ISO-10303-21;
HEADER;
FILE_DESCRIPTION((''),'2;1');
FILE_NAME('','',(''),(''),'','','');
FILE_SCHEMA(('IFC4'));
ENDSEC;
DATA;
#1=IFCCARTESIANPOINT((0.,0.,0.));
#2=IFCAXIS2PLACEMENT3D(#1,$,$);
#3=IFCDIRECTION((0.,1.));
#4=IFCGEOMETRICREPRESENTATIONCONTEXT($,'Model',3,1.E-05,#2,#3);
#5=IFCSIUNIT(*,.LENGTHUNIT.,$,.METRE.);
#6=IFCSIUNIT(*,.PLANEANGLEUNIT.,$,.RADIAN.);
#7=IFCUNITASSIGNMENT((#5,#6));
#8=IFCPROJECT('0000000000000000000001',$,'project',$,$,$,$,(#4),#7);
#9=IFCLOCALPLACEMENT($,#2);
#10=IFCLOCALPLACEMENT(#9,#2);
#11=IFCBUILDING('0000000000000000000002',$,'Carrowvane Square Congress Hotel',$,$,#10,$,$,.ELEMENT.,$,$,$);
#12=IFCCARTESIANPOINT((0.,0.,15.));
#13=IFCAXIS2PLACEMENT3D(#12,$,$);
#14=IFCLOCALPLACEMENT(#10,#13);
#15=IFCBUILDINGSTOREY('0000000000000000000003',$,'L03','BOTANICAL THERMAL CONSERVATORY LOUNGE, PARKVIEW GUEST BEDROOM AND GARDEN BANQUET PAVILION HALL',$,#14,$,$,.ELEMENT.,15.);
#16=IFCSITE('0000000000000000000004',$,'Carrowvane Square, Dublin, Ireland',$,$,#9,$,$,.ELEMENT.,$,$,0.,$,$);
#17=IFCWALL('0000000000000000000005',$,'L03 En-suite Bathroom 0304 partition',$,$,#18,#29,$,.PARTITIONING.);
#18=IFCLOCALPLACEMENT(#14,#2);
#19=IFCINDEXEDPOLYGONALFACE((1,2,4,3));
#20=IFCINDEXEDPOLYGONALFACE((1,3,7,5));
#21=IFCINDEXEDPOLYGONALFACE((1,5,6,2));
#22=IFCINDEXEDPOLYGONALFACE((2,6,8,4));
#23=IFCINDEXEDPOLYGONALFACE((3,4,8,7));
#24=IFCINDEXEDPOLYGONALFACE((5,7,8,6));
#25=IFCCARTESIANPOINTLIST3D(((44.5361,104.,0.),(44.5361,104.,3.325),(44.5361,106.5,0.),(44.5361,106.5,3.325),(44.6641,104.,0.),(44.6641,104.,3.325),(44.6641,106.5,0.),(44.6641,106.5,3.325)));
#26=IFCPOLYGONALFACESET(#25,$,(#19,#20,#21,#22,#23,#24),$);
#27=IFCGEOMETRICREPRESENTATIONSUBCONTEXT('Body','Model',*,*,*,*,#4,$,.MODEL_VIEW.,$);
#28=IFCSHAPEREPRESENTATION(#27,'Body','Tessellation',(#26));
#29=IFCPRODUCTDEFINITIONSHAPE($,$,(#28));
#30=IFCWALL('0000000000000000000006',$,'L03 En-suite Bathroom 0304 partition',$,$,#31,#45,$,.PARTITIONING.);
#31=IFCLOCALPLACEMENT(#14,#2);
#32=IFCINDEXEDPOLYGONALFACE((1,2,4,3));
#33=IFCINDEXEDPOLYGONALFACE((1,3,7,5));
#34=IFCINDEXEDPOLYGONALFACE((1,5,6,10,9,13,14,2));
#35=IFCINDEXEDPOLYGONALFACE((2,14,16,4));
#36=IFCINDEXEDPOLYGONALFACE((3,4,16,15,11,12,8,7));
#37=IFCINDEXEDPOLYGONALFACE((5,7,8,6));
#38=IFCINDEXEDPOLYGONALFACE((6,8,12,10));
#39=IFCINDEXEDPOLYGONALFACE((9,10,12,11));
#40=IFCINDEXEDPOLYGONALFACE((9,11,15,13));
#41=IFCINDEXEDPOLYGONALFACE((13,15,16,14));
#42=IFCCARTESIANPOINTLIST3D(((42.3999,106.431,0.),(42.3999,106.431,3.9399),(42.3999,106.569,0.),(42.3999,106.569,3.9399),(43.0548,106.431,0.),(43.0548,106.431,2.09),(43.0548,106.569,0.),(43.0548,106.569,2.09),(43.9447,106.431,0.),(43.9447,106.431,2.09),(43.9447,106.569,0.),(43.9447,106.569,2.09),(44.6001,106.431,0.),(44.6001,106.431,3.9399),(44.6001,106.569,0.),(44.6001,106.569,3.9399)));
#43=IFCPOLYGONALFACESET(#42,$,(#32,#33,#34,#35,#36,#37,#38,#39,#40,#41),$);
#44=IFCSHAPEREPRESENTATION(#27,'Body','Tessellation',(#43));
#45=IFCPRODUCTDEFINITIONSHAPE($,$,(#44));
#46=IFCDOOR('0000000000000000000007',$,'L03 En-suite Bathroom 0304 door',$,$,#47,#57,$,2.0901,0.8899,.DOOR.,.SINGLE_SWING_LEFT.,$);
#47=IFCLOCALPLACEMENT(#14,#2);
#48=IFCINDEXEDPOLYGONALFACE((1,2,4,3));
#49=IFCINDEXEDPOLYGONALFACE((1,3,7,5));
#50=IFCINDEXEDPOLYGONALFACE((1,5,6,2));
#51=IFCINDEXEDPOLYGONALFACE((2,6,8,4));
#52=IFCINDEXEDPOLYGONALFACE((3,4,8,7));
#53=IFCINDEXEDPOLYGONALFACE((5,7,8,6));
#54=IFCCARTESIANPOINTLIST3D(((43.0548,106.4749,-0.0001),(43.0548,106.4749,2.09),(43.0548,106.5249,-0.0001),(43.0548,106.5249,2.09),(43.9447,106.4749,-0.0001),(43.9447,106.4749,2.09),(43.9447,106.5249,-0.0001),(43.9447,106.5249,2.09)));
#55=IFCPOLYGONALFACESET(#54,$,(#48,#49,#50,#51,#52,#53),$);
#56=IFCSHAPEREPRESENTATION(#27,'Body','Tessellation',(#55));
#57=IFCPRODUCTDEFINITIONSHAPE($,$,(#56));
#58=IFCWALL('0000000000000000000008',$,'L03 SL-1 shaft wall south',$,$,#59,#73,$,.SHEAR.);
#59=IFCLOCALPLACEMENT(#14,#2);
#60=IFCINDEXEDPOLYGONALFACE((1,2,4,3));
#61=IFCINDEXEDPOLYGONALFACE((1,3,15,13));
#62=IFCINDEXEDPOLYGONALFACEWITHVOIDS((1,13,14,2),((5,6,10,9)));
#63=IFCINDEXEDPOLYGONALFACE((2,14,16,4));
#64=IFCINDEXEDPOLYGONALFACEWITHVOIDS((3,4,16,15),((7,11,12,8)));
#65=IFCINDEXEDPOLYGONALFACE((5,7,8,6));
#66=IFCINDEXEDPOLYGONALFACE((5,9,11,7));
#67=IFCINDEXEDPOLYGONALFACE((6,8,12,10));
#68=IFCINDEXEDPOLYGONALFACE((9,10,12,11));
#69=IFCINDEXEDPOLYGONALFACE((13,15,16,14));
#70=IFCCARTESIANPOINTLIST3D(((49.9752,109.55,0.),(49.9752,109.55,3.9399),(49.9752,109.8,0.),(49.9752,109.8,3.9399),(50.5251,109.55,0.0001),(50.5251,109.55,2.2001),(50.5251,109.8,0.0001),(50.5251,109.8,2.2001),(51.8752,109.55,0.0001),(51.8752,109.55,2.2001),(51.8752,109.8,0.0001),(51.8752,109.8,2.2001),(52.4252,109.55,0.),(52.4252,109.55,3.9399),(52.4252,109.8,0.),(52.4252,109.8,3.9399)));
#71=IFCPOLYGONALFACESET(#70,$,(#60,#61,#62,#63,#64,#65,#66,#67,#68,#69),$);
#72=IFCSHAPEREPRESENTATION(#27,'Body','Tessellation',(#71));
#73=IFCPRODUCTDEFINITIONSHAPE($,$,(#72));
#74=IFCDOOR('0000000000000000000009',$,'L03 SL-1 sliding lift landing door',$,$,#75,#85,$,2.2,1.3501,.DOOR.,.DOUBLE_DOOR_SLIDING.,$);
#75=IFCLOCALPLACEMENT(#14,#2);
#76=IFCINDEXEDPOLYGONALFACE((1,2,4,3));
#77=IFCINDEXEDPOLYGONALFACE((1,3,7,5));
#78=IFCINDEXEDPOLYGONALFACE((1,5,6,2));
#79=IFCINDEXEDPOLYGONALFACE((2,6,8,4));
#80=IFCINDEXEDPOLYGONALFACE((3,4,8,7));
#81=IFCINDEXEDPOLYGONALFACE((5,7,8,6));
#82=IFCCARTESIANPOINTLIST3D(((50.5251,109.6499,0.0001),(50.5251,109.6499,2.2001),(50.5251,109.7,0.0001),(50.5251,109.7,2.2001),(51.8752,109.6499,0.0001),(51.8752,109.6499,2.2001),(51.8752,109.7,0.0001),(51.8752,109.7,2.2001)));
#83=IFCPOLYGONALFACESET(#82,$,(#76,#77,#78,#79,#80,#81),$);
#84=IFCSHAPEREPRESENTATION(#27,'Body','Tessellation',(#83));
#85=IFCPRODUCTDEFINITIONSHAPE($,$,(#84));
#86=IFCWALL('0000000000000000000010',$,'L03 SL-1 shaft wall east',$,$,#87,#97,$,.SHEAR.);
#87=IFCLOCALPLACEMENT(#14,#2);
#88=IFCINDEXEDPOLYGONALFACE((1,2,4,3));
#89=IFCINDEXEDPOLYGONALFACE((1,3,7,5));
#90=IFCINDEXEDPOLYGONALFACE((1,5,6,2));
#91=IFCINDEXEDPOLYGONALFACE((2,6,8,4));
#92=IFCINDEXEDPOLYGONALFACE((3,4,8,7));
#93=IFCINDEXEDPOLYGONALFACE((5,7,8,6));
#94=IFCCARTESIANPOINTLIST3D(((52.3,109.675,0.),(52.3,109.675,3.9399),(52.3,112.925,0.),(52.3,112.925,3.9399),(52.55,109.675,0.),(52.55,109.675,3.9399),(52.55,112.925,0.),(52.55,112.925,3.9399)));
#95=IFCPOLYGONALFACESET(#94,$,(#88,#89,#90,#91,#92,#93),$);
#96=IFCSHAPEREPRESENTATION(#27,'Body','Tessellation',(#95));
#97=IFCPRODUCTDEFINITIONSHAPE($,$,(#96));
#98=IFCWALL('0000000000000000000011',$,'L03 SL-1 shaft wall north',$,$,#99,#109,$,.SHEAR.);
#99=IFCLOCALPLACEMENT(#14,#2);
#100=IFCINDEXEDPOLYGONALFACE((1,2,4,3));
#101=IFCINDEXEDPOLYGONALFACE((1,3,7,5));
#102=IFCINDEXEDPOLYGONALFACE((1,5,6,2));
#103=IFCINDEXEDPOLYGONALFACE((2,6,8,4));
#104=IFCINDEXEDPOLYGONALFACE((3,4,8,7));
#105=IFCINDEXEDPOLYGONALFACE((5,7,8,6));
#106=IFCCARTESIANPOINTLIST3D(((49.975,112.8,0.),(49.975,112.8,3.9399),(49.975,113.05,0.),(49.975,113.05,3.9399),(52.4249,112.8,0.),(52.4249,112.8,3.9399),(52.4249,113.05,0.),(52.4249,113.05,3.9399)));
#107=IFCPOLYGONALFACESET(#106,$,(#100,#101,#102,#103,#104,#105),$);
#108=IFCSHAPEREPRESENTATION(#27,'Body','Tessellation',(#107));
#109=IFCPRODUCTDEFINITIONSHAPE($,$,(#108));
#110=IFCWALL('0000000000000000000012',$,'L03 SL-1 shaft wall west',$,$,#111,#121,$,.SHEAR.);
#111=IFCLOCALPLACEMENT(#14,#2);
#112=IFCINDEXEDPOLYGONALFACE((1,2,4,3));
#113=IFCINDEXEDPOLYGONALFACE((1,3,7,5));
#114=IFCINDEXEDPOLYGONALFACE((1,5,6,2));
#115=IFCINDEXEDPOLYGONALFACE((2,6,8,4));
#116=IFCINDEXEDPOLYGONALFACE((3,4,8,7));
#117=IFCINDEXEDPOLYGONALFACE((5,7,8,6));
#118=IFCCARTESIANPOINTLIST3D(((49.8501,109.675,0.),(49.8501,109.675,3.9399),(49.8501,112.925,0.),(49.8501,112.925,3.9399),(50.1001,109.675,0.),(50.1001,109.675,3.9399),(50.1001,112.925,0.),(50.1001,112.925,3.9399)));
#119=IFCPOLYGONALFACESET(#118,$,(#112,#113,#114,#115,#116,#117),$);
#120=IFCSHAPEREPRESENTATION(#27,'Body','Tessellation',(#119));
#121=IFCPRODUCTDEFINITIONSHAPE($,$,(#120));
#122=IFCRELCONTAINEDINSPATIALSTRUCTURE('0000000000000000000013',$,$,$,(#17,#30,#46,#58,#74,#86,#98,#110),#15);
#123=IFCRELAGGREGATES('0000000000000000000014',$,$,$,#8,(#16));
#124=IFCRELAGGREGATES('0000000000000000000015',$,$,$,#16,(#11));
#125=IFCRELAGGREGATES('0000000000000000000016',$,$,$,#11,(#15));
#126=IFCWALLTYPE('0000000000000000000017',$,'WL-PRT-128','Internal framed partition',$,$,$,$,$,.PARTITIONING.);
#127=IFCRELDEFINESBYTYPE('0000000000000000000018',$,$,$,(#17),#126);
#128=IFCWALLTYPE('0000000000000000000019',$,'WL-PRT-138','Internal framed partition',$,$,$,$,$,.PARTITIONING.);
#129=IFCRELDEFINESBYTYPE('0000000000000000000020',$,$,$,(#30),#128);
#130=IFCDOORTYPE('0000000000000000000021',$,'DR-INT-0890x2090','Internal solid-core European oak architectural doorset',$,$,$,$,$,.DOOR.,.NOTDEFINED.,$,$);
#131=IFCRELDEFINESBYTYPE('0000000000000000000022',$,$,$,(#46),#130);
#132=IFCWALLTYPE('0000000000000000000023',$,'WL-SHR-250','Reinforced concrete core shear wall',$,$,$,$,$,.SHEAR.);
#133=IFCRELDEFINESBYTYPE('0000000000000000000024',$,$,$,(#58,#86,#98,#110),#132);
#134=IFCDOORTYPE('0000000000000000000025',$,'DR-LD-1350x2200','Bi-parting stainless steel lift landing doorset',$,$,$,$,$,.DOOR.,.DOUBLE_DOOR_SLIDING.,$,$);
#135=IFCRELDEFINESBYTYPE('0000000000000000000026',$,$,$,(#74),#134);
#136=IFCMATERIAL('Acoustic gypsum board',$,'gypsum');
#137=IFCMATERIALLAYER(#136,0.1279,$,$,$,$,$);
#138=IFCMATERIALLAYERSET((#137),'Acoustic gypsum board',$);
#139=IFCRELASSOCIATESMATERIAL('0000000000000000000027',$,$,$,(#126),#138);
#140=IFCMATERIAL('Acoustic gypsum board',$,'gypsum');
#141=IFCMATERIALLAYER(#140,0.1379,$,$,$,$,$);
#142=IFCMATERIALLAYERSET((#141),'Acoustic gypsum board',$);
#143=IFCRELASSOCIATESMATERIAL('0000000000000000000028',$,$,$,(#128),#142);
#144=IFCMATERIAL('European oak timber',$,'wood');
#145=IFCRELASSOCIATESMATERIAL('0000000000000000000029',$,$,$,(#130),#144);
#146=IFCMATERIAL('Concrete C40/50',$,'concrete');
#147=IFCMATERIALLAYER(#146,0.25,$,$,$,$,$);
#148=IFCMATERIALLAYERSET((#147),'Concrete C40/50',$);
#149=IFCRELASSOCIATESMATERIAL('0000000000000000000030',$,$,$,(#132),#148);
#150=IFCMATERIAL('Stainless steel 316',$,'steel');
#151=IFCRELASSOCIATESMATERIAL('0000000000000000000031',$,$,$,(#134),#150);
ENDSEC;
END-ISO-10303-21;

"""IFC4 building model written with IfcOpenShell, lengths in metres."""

from ifc_helpers import new_model, si_unit, direction, frame, frame_2d, origin, place, context, subcontext, project, spatial, rectangle, extrude, material, layer, layer_set, type_object, element, fill, save


model = new_model("IFC4")

# Units and contexts
model_context = context("Model", 3, precision=1e-05, world=origin(), true_north=direction((0.0, 1.0)))
body_context = subcontext(model_context, "Body", "Model", "MODEL_VIEW")
ifc_project = project(units=[si_unit("LENGTHUNIT", "METRE"), si_unit("PLANEANGLEUNIT", "RADIAN")], contexts=[model_context])

# Site, building, storey
site_placement = place(None, origin())
site = spatial("IfcSite", under=ifc_project, at=site_placement, Name="Carrowvane Square, Dublin, Ireland", CompositionType="ELEMENT", RefElevation=0.0)
building_placement = place(site_placement, origin())
building = spatial("IfcBuilding", under=site, at=building_placement, Name="Carrowvane Square Congress Hotel", CompositionType="ELEMENT")
storey_placement = place(building_placement, frame((0.0, 0.0, 15.0)))
storey = spatial("IfcBuildingStorey", under=building, at=storey_placement, Name="L03", Description="BOTANICAL THERMAL CONSERVATORY LOUNGE, PARKVIEW GUEST BEDROOM AND GARDEN BANQUET PAVILION HALL", CompositionType="ELEMENT", Elevation=15.0)

# Wall
ifc_material_1 = material(Name="Acoustic gypsum board", Category="gypsum")
ifc_layer_1 = layer(ifc_material_1, 0.1279)
ifc_layer_set_1 = layer_set([ifc_layer_1], Name="Acoustic gypsum board")
wall_type_1 = type_object("IfcWallType", Name="WL-PRT-128", Description="Internal framed partition", PredefinedType="PARTITIONING", material=ifc_layer_set_1)
wall_1_placement = place(storey_placement, frame((44.6001, 106.5, 0.0), z_axis=(0.0, 0.0, 1.0), x_axis=(0.0, -1.0, 0.0)))
element("IfcWall", 1, at=wall_1_placement, inside=storey, type_object=wall_type_1, Name="L03 En-suite Bathroom 0304 partition", PredefinedType="PARTITIONING", context=body_context, shape_type="SweptSolid", body=[
    extrude(rectangle(XDim=2.5, YDim=0.1279, at=frame_2d((1.25, 0.0))), origin(), (0.0, 0.0, 1.0), 3.325),
])

# Walls, openings, doors
ifc_material_2 = material(Name="Acoustic gypsum board", Category="gypsum")
ifc_layer_2 = layer(ifc_material_2, 0.1379)
ifc_layer_set_2 = layer_set([ifc_layer_2], Name="Acoustic gypsum board")
wall_type_2 = type_object("IfcWallType", Name="WL-PRT-138", Description="Internal framed partition", PredefinedType="PARTITIONING", material=ifc_layer_set_2)
wall_2_placement = place(storey_placement, frame((42.3999, 106.5, 0.0), z_axis=(0.0, 0.0, 1.0), x_axis=(1.0, 0.0, 0.0)))
wall_2 = element("IfcWall", 2, at=wall_2_placement, inside=storey, type_object=wall_type_2, Name="L03 En-suite Bathroom 0304 partition", PredefinedType="PARTITIONING", context=body_context, shape_type="SweptSolid", body=[
    extrude(rectangle(XDim=2.2002, YDim=0.1379, at=frame_2d((1.1001, 0.0))), origin(), (0.0, 0.0, 1.0), 3.9399),
])
opening_1_placement = place(wall_2_placement, frame((0.655, 0.0, 0.0)))
opening_1 = element("IfcOpeningElement", 3, at=opening_1_placement, cuts=wall_2, PredefinedType="OPENING", context=body_context, shape_type="SweptSolid", body=[
    extrude(rectangle(XDim=0.8899, YDim=2.0901, at=frame_2d((0.4448, 1.0449))), frame((0.0, 0.0789, 0.0), z_axis=(0.0, -1.0, 0.0), x_axis=(1.0, 0.0, 0.0)), (0.0, 0.0, 1.0), 0.158),
])
ifc_material_3 = material(Name="European oak timber", Category="wood")
door_type_1 = type_object("IfcDoorType", Name="DR-INT-0890x2090", Description="Internal solid-core European oak architectural doorset", OperationType="NOTDEFINED", PredefinedType="DOOR", material=ifc_material_3)
door_1_placement = place(opening_1_placement, origin())
door_1 = element("IfcDoor", 4, at=door_1_placement, inside=storey, type_object=door_type_1, Name="L03 En-suite Bathroom 0304 door", OperationType="SINGLE_SWING_LEFT", OverallHeight=2.0901, OverallWidth=0.8899, PredefinedType="DOOR", context=body_context, shape_type="SweptSolid", body=[
    extrude(rectangle(XDim=0.8899, YDim=2.0901, at=frame_2d((0.4448, 1.0449))), frame((0.0, 0.0249, 0.0), z_axis=(0.0, -1.0, 0.0), x_axis=(1.0, 0.0, 0.0)), (0.0, 0.0, 1.0), 0.05),
])
fill(opening_1, door_1)
ifc_material_4 = material(Name="Concrete C40/50", Category="concrete")
ifc_layer_3 = layer(ifc_material_4, 0.25)
ifc_layer_set_3 = layer_set([ifc_layer_3], Name="Concrete C40/50")
wall_type_3 = type_object("IfcWallType", Name="WL-SHR-250", Description="Reinforced concrete core shear wall", PredefinedType="SHEAR", material=ifc_layer_set_3)
wall_3_placement = place(storey_placement, frame((49.9751, 109.675, 0.0), z_axis=(0.0, 0.0, 1.0), x_axis=(1.0, 0.0, 0.0)))
wall_3 = element("IfcWall", 5, at=wall_3_placement, inside=storey, type_object=wall_type_3, Name="L03 SL-1 shaft wall south", PredefinedType="SHEAR", context=body_context, shape_type="SweptSolid", body=[
    extrude(rectangle(XDim=2.45, YDim=0.25, at=frame_2d((1.2251, 0.0))), origin(), (0.0, 0.0, 1.0), 3.9399),
])
opening_2_placement = place(wall_3_placement, frame((0.55, 0.0, 0.0)))
opening_2 = element("IfcOpeningElement", 6, at=opening_2_placement, cuts=wall_3, PredefinedType="OPENING", context=body_context, shape_type="SweptSolid", body=[
    extrude(rectangle(XDim=1.3501, YDim=2.2, at=frame_2d((0.675, 1.1001))), frame((0.0, 0.135, 0.0), z_axis=(0.0, -1.0, 0.0), x_axis=(1.0, 0.0, 0.0)), (0.0, 0.0, 1.0), 0.27),
])
ifc_material_5 = material(Name="Stainless steel 316", Category="steel")
door_type_2 = type_object("IfcDoorType", Name="DR-LD-1350x2200", Description="Bi-parting stainless steel lift landing doorset", OperationType="DOUBLE_DOOR_SLIDING", PredefinedType="DOOR", material=ifc_material_5)
door_2_placement = place(opening_2_placement, origin())
door_2 = element("IfcDoor", 7, at=door_2_placement, inside=storey, type_object=door_type_2, Name="L03 SL-1 sliding lift landing door", OperationType="DOUBLE_DOOR_SLIDING", OverallHeight=2.2, OverallWidth=1.3501, PredefinedType="DOOR", context=body_context, shape_type="SweptSolid", body=[
    extrude(rectangle(XDim=1.3501, YDim=2.2, at=frame_2d((0.675, 1.1001))), frame((0.0, 0.0249, 0.0), z_axis=(0.0, -1.0, 0.0), x_axis=(1.0, 0.0, 0.0)), (0.0, 0.0, 1.0), 0.05),
])
fill(opening_2, door_2)

# Walls
wall_4_placement = place(storey_placement, frame((52.425, 109.675, 0.0), z_axis=(0.0, 0.0, 1.0), x_axis=(0.0, 1.0, 0.0)))
element("IfcWall", 8, at=wall_4_placement, inside=storey, type_object=wall_type_3, Name="L03 SL-1 shaft wall east", PredefinedType="SHEAR", context=body_context, shape_type="SweptSolid", body=[
    extrude(rectangle(XDim=3.25, YDim=0.25, at=frame_2d((1.625, 0.0))), origin(), (0.0, 0.0, 1.0), 3.9399),
])
wall_5_placement = place(storey_placement, frame((52.425, 112.925, 0.0), z_axis=(0.0, 0.0, 1.0), x_axis=(-1.0, 0.0, 0.0)))
element("IfcWall", 9, at=wall_5_placement, inside=storey, type_object=wall_type_3, Name="L03 SL-1 shaft wall north", PredefinedType="SHEAR", context=body_context, shape_type="SweptSolid", body=[
    extrude(rectangle(XDim=2.45, YDim=0.25, at=frame_2d((1.2251, 0.0))), origin(), (0.0, 0.0, 1.0), 3.9399),
])
wall_6_placement = place(storey_placement, frame((49.9751, 112.925, 0.0), z_axis=(0.0, 0.0, 1.0), x_axis=(0.0, -1.0, 0.0)))
element("IfcWall", 10, at=wall_6_placement, inside=storey, type_object=wall_type_3, Name="L03 SL-1 shaft wall west", PredefinedType="SHEAR", context=body_context, shape_type="SweptSolid", body=[
    extrude(rectangle(XDim=3.25, YDim=0.25, at=frame_2d((1.625, 0.0))), origin(), (0.0, 0.0, 1.0), 3.9399),
])

save(model, "model.ifc")
